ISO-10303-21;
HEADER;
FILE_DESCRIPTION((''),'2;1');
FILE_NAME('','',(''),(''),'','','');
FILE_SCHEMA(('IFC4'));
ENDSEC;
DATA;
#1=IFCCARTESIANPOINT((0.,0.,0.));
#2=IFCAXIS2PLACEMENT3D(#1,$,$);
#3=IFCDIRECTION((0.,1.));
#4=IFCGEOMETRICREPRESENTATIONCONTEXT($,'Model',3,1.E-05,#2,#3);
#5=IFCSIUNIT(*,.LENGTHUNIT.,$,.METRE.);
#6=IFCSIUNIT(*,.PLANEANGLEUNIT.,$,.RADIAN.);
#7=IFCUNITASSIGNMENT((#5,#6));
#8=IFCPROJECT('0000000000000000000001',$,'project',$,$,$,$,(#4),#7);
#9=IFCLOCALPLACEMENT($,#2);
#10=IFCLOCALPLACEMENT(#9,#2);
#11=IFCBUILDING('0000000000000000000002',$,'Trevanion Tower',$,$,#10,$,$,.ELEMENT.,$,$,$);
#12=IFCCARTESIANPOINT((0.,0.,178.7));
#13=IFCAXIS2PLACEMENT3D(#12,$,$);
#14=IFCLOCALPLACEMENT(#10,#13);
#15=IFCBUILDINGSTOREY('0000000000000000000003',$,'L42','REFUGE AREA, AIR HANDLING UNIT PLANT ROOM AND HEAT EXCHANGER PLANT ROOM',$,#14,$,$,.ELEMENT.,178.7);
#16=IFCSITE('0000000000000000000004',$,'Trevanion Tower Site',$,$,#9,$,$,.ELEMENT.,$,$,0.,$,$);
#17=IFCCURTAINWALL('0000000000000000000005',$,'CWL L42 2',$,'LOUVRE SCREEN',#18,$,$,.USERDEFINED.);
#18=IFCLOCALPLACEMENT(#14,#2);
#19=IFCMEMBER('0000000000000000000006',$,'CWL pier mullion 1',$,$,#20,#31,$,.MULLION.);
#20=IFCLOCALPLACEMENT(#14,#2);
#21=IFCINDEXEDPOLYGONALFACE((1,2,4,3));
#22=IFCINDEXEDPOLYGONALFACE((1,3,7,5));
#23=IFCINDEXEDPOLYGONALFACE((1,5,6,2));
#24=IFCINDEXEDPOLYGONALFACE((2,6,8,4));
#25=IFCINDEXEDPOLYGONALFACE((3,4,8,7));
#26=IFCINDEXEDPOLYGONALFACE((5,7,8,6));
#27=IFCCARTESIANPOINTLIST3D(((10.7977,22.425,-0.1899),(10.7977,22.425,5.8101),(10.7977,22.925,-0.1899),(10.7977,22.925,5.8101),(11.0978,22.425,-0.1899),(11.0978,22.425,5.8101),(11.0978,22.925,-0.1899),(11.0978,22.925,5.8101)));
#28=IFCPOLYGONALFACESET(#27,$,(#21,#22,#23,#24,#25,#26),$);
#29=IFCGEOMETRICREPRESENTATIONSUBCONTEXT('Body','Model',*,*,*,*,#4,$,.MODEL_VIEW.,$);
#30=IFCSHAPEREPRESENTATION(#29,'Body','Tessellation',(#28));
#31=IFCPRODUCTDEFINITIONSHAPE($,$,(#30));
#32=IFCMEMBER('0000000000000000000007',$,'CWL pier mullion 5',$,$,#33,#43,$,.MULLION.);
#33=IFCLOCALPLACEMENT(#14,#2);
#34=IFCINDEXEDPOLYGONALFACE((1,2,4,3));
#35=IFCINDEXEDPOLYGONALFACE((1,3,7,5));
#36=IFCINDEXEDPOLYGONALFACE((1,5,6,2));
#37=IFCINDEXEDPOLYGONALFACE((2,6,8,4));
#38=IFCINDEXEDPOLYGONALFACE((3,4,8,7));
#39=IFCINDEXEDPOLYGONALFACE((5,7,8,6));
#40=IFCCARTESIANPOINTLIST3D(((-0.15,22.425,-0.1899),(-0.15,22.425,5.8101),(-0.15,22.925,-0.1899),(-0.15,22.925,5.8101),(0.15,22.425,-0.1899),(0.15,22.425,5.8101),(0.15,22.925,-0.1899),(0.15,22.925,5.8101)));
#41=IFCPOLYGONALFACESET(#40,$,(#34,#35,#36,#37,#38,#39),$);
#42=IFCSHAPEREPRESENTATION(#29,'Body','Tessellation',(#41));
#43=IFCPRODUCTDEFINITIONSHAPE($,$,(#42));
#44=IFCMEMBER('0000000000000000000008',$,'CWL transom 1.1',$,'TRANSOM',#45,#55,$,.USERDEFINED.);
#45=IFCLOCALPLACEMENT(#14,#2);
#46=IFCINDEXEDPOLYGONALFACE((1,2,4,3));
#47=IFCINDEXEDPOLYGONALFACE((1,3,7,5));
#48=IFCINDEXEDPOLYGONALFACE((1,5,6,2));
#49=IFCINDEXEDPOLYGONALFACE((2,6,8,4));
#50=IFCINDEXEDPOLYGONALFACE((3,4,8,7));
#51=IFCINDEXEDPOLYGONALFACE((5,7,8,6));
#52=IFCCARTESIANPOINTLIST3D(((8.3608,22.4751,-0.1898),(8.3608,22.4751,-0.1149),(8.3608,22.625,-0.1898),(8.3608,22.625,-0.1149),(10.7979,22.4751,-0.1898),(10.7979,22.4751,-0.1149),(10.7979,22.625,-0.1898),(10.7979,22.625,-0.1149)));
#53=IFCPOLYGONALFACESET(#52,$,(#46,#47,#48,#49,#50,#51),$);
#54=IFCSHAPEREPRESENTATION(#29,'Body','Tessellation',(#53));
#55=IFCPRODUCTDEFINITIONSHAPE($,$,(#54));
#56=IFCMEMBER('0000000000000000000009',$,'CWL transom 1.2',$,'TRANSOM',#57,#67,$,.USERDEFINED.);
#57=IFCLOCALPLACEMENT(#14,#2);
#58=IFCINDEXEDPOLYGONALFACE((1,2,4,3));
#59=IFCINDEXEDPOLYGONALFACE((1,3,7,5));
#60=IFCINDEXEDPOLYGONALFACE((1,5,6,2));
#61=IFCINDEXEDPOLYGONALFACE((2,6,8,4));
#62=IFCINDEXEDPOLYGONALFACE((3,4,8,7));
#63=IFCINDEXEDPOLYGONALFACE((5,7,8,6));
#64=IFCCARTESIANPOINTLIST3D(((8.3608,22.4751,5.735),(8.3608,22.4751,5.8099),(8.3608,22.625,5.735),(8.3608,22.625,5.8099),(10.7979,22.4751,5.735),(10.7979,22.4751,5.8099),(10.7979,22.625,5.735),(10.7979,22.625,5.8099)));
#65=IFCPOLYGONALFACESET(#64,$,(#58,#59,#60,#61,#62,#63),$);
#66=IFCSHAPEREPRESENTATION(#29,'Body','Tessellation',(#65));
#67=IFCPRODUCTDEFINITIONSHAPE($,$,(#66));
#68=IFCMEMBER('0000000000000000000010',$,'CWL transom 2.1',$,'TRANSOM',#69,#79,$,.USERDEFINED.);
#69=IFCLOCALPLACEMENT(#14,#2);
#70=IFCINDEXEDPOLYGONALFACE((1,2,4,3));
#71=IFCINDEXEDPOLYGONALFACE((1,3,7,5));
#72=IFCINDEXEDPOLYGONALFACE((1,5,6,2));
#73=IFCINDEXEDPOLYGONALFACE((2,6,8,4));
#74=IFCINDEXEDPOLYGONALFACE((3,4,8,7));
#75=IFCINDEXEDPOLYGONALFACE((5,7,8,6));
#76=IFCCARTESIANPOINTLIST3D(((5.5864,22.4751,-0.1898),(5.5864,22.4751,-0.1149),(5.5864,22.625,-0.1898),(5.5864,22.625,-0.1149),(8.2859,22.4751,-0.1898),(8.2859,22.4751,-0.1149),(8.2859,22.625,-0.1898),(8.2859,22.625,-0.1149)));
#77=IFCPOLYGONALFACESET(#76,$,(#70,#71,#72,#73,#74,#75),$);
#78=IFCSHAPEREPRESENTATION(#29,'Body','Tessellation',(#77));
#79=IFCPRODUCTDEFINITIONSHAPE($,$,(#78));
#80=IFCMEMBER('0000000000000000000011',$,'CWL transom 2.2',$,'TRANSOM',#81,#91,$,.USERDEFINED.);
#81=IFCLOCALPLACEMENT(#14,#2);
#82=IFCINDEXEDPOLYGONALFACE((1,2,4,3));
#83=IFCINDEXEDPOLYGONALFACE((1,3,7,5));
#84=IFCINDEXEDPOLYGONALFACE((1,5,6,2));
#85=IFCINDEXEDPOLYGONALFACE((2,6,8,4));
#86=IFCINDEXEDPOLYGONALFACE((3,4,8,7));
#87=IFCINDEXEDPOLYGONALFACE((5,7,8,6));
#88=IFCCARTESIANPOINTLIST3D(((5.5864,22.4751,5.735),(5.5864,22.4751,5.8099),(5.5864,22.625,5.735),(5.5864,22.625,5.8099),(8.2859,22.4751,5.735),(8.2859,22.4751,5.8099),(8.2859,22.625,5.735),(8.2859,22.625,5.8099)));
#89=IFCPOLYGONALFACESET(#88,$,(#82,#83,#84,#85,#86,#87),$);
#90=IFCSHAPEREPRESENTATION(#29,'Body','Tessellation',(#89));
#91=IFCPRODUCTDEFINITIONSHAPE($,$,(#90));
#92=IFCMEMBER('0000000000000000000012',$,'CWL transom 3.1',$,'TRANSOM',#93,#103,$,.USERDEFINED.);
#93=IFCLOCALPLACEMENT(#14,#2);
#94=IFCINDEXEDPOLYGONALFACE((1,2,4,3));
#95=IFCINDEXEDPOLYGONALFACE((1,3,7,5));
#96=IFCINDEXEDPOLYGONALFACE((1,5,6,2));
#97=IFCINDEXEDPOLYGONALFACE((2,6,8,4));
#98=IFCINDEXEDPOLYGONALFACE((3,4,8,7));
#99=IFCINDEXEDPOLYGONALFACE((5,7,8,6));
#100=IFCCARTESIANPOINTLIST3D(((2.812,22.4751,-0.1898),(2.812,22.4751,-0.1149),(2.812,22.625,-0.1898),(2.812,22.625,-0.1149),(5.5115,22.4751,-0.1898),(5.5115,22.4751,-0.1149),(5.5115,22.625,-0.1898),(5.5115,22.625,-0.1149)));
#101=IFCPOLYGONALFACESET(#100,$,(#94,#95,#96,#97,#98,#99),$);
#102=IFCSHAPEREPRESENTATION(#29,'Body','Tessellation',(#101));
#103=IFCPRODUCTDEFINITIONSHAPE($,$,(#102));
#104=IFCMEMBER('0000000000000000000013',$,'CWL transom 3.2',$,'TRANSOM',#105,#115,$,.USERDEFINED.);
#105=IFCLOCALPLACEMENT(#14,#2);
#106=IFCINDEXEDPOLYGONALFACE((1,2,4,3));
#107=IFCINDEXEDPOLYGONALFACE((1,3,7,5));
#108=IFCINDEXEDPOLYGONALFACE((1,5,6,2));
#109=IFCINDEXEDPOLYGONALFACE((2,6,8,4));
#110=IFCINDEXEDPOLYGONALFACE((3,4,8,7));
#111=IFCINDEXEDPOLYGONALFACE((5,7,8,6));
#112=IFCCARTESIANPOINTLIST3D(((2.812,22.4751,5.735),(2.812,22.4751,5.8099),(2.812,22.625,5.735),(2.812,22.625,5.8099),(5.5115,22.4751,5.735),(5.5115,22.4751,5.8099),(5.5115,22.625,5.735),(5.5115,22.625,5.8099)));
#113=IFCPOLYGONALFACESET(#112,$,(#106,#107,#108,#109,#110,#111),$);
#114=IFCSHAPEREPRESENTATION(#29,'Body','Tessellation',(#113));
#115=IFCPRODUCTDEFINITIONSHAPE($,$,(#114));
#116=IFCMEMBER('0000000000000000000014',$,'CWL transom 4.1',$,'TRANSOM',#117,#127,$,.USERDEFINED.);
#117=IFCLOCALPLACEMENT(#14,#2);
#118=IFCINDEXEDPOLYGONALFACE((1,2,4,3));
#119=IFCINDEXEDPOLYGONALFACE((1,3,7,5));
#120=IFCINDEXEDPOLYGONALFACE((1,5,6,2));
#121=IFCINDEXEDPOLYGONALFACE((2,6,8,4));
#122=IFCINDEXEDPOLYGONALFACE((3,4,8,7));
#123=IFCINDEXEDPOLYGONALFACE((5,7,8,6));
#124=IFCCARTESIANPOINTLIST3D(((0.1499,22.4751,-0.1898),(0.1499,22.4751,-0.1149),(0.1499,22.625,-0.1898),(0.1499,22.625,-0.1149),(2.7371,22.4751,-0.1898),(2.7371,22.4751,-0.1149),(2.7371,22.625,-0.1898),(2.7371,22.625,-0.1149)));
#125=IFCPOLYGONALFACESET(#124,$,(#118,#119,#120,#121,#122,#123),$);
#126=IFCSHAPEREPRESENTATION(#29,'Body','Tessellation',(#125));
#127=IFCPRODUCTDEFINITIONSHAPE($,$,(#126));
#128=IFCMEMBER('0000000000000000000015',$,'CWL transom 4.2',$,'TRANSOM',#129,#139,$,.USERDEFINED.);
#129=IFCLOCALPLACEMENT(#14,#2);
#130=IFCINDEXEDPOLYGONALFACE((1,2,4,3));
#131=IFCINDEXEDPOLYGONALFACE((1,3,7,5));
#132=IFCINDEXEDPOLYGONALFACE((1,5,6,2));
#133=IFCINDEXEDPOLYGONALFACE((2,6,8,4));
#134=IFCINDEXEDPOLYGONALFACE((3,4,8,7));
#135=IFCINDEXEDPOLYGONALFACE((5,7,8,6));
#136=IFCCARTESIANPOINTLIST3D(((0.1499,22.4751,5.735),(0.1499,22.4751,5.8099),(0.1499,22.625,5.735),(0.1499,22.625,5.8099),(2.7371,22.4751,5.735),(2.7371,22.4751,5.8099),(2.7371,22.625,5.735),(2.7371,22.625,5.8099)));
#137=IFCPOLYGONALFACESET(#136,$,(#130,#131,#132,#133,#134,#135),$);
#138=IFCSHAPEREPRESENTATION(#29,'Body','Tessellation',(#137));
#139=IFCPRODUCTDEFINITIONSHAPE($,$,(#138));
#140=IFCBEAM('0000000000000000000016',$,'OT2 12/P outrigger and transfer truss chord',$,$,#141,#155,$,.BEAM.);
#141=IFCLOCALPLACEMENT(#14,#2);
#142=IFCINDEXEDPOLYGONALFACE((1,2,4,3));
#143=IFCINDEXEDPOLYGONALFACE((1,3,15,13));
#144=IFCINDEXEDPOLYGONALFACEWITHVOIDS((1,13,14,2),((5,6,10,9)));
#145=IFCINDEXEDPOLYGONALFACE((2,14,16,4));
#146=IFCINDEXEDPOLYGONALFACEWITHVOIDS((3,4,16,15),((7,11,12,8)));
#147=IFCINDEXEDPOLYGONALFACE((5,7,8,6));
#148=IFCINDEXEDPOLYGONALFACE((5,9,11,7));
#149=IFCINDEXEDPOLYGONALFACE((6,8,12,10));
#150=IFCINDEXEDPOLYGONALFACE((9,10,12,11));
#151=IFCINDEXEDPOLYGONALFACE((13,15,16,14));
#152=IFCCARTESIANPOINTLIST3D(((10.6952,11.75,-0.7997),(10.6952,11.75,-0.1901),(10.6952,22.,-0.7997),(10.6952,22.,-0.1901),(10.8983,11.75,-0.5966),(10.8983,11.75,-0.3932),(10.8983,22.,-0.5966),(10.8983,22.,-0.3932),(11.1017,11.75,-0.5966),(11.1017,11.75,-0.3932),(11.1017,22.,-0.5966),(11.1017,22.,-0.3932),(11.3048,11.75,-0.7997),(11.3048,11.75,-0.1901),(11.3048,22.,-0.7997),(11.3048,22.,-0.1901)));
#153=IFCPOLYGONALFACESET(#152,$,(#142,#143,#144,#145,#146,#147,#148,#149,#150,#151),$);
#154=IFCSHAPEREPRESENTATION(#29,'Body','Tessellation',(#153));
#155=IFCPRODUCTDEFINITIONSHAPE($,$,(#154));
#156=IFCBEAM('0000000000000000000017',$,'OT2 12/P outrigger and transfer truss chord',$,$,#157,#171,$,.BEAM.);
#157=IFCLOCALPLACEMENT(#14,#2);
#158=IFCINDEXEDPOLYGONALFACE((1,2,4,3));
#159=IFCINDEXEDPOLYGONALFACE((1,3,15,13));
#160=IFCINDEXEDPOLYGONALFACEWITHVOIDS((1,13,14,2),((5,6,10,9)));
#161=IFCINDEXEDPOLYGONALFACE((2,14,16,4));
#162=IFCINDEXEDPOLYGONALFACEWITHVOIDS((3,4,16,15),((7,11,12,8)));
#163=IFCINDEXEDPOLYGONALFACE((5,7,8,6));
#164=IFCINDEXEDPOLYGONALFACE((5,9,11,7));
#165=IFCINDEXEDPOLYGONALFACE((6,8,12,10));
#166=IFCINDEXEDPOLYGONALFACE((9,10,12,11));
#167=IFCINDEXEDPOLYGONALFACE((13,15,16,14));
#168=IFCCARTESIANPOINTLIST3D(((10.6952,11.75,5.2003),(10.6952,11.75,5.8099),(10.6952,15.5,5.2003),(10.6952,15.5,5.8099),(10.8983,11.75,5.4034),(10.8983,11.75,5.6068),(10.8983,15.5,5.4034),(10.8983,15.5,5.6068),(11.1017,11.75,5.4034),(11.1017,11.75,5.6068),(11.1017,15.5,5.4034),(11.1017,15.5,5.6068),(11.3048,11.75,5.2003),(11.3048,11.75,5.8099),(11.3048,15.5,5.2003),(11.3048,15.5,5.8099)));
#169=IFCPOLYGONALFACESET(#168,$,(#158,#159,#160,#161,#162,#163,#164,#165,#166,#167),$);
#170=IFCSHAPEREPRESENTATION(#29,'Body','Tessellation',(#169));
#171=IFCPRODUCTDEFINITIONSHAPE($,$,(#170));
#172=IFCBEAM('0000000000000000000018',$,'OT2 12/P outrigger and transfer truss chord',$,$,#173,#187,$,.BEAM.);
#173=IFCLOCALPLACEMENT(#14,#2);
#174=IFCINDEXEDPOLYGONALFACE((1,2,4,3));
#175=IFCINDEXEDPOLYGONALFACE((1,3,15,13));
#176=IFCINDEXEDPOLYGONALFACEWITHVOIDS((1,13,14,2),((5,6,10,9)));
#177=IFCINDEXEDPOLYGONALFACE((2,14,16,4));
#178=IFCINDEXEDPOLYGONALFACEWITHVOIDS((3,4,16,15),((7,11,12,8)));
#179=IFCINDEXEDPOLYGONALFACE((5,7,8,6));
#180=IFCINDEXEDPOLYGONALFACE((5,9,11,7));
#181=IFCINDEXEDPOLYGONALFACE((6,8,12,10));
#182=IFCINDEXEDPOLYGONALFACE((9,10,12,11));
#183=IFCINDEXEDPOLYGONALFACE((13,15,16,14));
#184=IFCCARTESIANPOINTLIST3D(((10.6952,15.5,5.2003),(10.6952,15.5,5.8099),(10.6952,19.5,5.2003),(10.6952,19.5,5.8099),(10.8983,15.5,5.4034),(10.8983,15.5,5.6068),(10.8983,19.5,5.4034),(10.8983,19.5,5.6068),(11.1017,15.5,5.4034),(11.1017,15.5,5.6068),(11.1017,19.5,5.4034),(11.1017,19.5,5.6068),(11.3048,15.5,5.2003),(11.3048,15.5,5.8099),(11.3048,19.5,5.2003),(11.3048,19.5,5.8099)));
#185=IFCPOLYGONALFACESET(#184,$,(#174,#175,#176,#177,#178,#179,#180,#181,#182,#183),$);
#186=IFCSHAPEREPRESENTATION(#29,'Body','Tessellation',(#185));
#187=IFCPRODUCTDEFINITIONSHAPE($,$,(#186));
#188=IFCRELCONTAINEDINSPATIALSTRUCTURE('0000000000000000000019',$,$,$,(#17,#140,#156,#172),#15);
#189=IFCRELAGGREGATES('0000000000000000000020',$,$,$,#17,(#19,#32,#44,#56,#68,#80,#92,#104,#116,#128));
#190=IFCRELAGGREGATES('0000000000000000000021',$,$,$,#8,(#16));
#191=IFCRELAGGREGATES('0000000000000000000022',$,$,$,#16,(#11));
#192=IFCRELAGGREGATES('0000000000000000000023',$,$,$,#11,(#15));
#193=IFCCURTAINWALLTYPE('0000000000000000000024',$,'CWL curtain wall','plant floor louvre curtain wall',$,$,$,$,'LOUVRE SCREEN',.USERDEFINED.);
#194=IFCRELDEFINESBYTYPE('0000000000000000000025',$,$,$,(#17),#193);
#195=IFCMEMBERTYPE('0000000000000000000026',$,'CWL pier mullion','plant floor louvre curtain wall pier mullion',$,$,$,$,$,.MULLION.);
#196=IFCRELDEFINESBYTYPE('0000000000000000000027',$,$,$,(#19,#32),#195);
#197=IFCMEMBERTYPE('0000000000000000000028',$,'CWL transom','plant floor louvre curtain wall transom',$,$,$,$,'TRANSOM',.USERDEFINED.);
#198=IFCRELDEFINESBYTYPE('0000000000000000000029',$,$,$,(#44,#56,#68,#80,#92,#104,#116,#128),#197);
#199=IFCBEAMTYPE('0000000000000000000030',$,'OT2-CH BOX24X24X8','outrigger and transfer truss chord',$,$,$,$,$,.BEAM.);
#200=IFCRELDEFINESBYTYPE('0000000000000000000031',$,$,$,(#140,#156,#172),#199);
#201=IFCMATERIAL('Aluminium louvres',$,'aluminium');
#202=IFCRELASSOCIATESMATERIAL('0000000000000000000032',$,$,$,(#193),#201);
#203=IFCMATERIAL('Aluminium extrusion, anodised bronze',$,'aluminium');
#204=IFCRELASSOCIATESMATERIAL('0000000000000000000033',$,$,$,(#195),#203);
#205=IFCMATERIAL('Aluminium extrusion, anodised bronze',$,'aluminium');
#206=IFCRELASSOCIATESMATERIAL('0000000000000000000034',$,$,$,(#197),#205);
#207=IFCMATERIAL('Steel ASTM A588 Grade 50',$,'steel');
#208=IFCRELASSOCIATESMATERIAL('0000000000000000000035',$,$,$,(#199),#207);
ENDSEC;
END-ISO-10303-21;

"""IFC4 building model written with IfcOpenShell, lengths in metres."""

from ifc_helpers import new_model, si_unit, direction, frame, origin, origin_2d, place, context, subcontext, project, spatial, rectangle, hollow_rectangle, extrude, material, material_profile, profile_set, type_object, element, aggregate, save


model = new_model("IFC4")

# Units and contexts
model_context = context("Model", 3, precision=1e-05, world=origin(), true_north=direction((0.0, 1.0)))
body_context = subcontext(model_context, "Body", "Model", "MODEL_VIEW")
ifc_project = project(units=[si_unit("LENGTHUNIT", "METRE"), si_unit("PLANEANGLEUNIT", "RADIAN")], contexts=[model_context])

# Site, building, storey
site_placement = place(None, origin())
site = spatial("IfcSite", under=ifc_project, at=site_placement, Name="Trevanion Tower Site", CompositionType="ELEMENT", RefElevation=0.0)
building_placement = place(site_placement, origin())
building = spatial("IfcBuilding", under=site, at=building_placement, Name="Trevanion Tower", CompositionType="ELEMENT")
storey_placement = place(building_placement, frame((0.0, 0.0, 178.7)))
storey = spatial("IfcBuildingStorey", under=building, at=storey_placement, Name="L42", Description="REFUGE AREA, AIR HANDLING UNIT PLANT ROOM AND HEAT EXCHANGER PLANT ROOM", CompositionType="ELEMENT", Elevation=178.7)

# Curtain wall
ifc_material_1 = material(Name="Aluminium louvres", Category="aluminium")
curtain_wall_type = type_object("IfcCurtainWallType", Name="CWL curtain wall", Description="plant floor louvre curtain wall", ElementType="LOUVRE SCREEN", PredefinedType="USERDEFINED", material=ifc_material_1)
curtain_wall_1_placement = place(storey_placement, origin())
curtain_wall_1 = element("IfcCurtainWall", 1, at=curtain_wall_1_placement, inside=storey, type_object=curtain_wall_type, Name="CWL L42 2", ObjectType="LOUVRE SCREEN", PredefinedType="USERDEFINED")

# Shared definitions
ifc_material_2 = material(Name="Aluminium extrusion, anodised bronze", Category="aluminium")
ifc_material_profile_1 = material_profile(ifc_material_2, rectangle(XDim=0.3, YDim=0.5, at=origin_2d()), Name="CWL pier mullion")
ifc_profile_set_1 = profile_set([ifc_material_profile_1], Name="Aluminium extrusion, anodised bronze")
member_type_1 = type_object("IfcMemberType", Name="CWL pier mullion", Description="plant floor louvre curtain wall pier mullion", PredefinedType="MULLION", material=ifc_profile_set_1)

# Members
member_1_placement = place(storey_placement, frame((10.9478, 22.675, -0.1899), z_axis=(0.0, 0.0, 1.0), x_axis=(-1.0, 0.0, 0.0)))
member_1 = element("IfcMember", 2, at=member_1_placement, type_object=member_type_1, Name="CWL pier mullion 1", PredefinedType="MULLION", context=body_context, shape_type="SweptSolid", body=[
    extrude(rectangle(XDim=0.3, YDim=0.5, at=origin_2d()), origin(), (0.0, 0.0, 1.0), 6.0),
])
member_2_placement = place(storey_placement, frame((0.0, 22.675, -0.1899), z_axis=(0.0, 0.0, 1.0), x_axis=(-1.0, 0.0, 0.0)))
member_2 = element("IfcMember", 3, at=member_2_placement, type_object=member_type_1, Name="CWL pier mullion 5", PredefinedType="MULLION", context=body_context, shape_type="SweptSolid", body=[
    extrude(rectangle(XDim=0.3, YDim=0.5, at=origin_2d()), origin(), (0.0, 0.0, 1.0), 6.0),
])
ifc_material_3 = material(Name="Aluminium extrusion, anodised bronze", Category="aluminium")
ifc_material_profile_2 = material_profile(ifc_material_3, rectangle(XDim=0.1499, YDim=0.075, at=origin_2d()), Name="CWL transom")
ifc_profile_set_2 = profile_set([ifc_material_profile_2], Name="Aluminium extrusion, anodised bronze")
member_type_2 = type_object("IfcMemberType", Name="CWL transom", Description="plant floor louvre curtain wall transom", ElementType="TRANSOM", PredefinedType="USERDEFINED", material=ifc_profile_set_2)
member_3_placement = place(storey_placement, frame((10.7979, 22.55, -0.1523), z_axis=(-1.0, 0.0, 0.0), x_axis=(0.0, -1.0, 0.0)))
member_3 = element("IfcMember", 4, at=member_3_placement, type_object=member_type_2, Name="CWL transom 1.1", ObjectType="TRANSOM", PredefinedType="USERDEFINED", context=body_context, shape_type="SweptSolid", body=[
    extrude(rectangle(XDim=0.1499, YDim=0.075, at=origin_2d()), origin(), (0.0, 0.0, 1.0), 2.437),
])
member_4_placement = place(storey_placement, frame((10.7979, 22.55, 5.7725), z_axis=(-1.0, 0.0, 0.0), x_axis=(0.0, -1.0, 0.0)))
member_4 = element("IfcMember", 5, at=member_4_placement, type_object=member_type_2, Name="CWL transom 1.2", ObjectType="TRANSOM", PredefinedType="USERDEFINED", context=body_context, shape_type="SweptSolid", body=[
    extrude(rectangle(XDim=0.1499, YDim=0.075, at=origin_2d()), origin(), (0.0, 0.0, 1.0), 2.437),
])
member_5_placement = place(storey_placement, frame((8.2859, 22.55, -0.1523), z_axis=(-1.0, 0.0, 0.0), x_axis=(0.0, -1.0, 0.0)))
member_5 = element("IfcMember", 6, at=member_5_placement, type_object=member_type_2, Name="CWL transom 2.1", ObjectType="TRANSOM", PredefinedType="USERDEFINED", context=body_context, shape_type="SweptSolid", body=[
    extrude(rectangle(XDim=0.1499, YDim=0.075, at=origin_2d()), origin(), (0.0, 0.0, 1.0), 2.6995),
])
member_6_placement = place(storey_placement, frame((8.2859, 22.55, 5.7725), z_axis=(-1.0, 0.0, 0.0), x_axis=(0.0, -1.0, 0.0)))
member_6 = element("IfcMember", 7, at=member_6_placement, type_object=member_type_2, Name="CWL transom 2.2", ObjectType="TRANSOM", PredefinedType="USERDEFINED", context=body_context, shape_type="SweptSolid", body=[
    extrude(rectangle(XDim=0.1499, YDim=0.075, at=origin_2d()), origin(), (0.0, 0.0, 1.0), 2.6995),
])
member_7_placement = place(storey_placement, frame((5.5115, 22.55, -0.1523), z_axis=(-1.0, 0.0, 0.0), x_axis=(0.0, -1.0, 0.0)))
member_7 = element("IfcMember", 8, at=member_7_placement, type_object=member_type_2, Name="CWL transom 3.1", ObjectType="TRANSOM", PredefinedType="USERDEFINED", context=body_context, shape_type="SweptSolid", body=[
    extrude(rectangle(XDim=0.1499, YDim=0.075, at=origin_2d()), origin(), (0.0, 0.0, 1.0), 2.6995),
])
member_8_placement = place(storey_placement, frame((5.5115, 22.55, 5.7725), z_axis=(-1.0, 0.0, 0.0), x_axis=(0.0, -1.0, 0.0)))
member_8 = element("IfcMember", 9, at=member_8_placement, type_object=member_type_2, Name="CWL transom 3.2", ObjectType="TRANSOM", PredefinedType="USERDEFINED", context=body_context, shape_type="SweptSolid", body=[
    extrude(rectangle(XDim=0.1499, YDim=0.075, at=origin_2d()), origin(), (0.0, 0.0, 1.0), 2.6995),
])
member_9_placement = place(storey_placement, frame((2.7371, 22.55, -0.1523), z_axis=(-1.0, 0.0, 0.0), x_axis=(0.0, -1.0, 0.0)))
member_9 = element("IfcMember", 10, at=member_9_placement, type_object=member_type_2, Name="CWL transom 4.1", ObjectType="TRANSOM", PredefinedType="USERDEFINED", context=body_context, shape_type="SweptSolid", body=[
    extrude(rectangle(XDim=0.1499, YDim=0.075, at=origin_2d()), origin(), (0.0, 0.0, 1.0), 2.5872),
])
member_10_placement = place(storey_placement, frame((2.7371, 22.55, 5.7725), z_axis=(-1.0, 0.0, 0.0), x_axis=(0.0, -1.0, 0.0)))
member_10 = element("IfcMember", 11, at=member_10_placement, type_object=member_type_2, Name="CWL transom 4.2", ObjectType="TRANSOM", PredefinedType="USERDEFINED", context=body_context, shape_type="SweptSolid", body=[
    extrude(rectangle(XDim=0.1499, YDim=0.075, at=origin_2d()), origin(), (0.0, 0.0, 1.0), 2.5872),
])

# Beams
ifc_material_4 = material(Name="Steel ASTM A588 Grade 50", Category="steel")
ifc_material_profile_3 = material_profile(ifc_material_4, hollow_rectangle(XDim=0.6096, YDim=0.6096, WallThickness=0.2031, at=origin_2d()), Name="BOX24X24X8")
ifc_profile_set_3 = profile_set([ifc_material_profile_3], Name="Steel ASTM A588 Grade 50")
beam_type_1 = type_object("IfcBeamType", Name="OT2-CH BOX24X24X8", Description="outrigger and transfer truss chord", PredefinedType="BEAM", material=ifc_profile_set_3)
beam_1_placement = place(storey_placement, frame((11.0, 11.75, -0.4949), z_axis=(0.0, 1.0, 0.0), x_axis=(-1.0, 0.0, 0.0)))
element("IfcBeam", 12, at=beam_1_placement, inside=storey, type_object=beam_type_1, Name="OT2 12/P outrigger and transfer truss chord", PredefinedType="BEAM", context=body_context, shape_type="SweptSolid", body=[
    extrude(hollow_rectangle(XDim=0.6096, YDim=0.6096, WallThickness=0.2031, at=origin_2d()), origin(), (0.0, 0.0, 1.0), 10.25),
])
beam_2_placement = place(storey_placement, frame((11.0, 11.75, 5.5051), z_axis=(0.0, 1.0, 0.0), x_axis=(-1.0, 0.0, 0.0)))
element("IfcBeam", 13, at=beam_2_placement, inside=storey, type_object=beam_type_1, Name="OT2 12/P outrigger and transfer truss chord", PredefinedType="BEAM", context=body_context, shape_type="SweptSolid", body=[
    extrude(hollow_rectangle(XDim=0.6096, YDim=0.6096, WallThickness=0.2031, at=origin_2d()), origin(), (0.0, 0.0, 1.0), 3.75),
])
beam_3_placement = place(storey_placement, frame((11.0, 15.5, 5.5051), z_axis=(0.0, 1.0, 0.0), x_axis=(-1.0, 0.0, 0.0)))
element("IfcBeam", 14, at=beam_3_placement, inside=storey, type_object=beam_type_1, Name="OT2 12/P outrigger and transfer truss chord", PredefinedType="BEAM", context=body_context, shape_type="SweptSolid", body=[
    extrude(hollow_rectangle(XDim=0.6096, YDim=0.6096, WallThickness=0.2031, at=origin_2d()), origin(), (0.0, 0.0, 1.0), 4.0),
])

aggregate(curtain_wall_1, [member_1, member_2, member_3, member_4, member_5, member_6, member_7, member_8, member_9, member_10])

save(model, "model.ifc")
